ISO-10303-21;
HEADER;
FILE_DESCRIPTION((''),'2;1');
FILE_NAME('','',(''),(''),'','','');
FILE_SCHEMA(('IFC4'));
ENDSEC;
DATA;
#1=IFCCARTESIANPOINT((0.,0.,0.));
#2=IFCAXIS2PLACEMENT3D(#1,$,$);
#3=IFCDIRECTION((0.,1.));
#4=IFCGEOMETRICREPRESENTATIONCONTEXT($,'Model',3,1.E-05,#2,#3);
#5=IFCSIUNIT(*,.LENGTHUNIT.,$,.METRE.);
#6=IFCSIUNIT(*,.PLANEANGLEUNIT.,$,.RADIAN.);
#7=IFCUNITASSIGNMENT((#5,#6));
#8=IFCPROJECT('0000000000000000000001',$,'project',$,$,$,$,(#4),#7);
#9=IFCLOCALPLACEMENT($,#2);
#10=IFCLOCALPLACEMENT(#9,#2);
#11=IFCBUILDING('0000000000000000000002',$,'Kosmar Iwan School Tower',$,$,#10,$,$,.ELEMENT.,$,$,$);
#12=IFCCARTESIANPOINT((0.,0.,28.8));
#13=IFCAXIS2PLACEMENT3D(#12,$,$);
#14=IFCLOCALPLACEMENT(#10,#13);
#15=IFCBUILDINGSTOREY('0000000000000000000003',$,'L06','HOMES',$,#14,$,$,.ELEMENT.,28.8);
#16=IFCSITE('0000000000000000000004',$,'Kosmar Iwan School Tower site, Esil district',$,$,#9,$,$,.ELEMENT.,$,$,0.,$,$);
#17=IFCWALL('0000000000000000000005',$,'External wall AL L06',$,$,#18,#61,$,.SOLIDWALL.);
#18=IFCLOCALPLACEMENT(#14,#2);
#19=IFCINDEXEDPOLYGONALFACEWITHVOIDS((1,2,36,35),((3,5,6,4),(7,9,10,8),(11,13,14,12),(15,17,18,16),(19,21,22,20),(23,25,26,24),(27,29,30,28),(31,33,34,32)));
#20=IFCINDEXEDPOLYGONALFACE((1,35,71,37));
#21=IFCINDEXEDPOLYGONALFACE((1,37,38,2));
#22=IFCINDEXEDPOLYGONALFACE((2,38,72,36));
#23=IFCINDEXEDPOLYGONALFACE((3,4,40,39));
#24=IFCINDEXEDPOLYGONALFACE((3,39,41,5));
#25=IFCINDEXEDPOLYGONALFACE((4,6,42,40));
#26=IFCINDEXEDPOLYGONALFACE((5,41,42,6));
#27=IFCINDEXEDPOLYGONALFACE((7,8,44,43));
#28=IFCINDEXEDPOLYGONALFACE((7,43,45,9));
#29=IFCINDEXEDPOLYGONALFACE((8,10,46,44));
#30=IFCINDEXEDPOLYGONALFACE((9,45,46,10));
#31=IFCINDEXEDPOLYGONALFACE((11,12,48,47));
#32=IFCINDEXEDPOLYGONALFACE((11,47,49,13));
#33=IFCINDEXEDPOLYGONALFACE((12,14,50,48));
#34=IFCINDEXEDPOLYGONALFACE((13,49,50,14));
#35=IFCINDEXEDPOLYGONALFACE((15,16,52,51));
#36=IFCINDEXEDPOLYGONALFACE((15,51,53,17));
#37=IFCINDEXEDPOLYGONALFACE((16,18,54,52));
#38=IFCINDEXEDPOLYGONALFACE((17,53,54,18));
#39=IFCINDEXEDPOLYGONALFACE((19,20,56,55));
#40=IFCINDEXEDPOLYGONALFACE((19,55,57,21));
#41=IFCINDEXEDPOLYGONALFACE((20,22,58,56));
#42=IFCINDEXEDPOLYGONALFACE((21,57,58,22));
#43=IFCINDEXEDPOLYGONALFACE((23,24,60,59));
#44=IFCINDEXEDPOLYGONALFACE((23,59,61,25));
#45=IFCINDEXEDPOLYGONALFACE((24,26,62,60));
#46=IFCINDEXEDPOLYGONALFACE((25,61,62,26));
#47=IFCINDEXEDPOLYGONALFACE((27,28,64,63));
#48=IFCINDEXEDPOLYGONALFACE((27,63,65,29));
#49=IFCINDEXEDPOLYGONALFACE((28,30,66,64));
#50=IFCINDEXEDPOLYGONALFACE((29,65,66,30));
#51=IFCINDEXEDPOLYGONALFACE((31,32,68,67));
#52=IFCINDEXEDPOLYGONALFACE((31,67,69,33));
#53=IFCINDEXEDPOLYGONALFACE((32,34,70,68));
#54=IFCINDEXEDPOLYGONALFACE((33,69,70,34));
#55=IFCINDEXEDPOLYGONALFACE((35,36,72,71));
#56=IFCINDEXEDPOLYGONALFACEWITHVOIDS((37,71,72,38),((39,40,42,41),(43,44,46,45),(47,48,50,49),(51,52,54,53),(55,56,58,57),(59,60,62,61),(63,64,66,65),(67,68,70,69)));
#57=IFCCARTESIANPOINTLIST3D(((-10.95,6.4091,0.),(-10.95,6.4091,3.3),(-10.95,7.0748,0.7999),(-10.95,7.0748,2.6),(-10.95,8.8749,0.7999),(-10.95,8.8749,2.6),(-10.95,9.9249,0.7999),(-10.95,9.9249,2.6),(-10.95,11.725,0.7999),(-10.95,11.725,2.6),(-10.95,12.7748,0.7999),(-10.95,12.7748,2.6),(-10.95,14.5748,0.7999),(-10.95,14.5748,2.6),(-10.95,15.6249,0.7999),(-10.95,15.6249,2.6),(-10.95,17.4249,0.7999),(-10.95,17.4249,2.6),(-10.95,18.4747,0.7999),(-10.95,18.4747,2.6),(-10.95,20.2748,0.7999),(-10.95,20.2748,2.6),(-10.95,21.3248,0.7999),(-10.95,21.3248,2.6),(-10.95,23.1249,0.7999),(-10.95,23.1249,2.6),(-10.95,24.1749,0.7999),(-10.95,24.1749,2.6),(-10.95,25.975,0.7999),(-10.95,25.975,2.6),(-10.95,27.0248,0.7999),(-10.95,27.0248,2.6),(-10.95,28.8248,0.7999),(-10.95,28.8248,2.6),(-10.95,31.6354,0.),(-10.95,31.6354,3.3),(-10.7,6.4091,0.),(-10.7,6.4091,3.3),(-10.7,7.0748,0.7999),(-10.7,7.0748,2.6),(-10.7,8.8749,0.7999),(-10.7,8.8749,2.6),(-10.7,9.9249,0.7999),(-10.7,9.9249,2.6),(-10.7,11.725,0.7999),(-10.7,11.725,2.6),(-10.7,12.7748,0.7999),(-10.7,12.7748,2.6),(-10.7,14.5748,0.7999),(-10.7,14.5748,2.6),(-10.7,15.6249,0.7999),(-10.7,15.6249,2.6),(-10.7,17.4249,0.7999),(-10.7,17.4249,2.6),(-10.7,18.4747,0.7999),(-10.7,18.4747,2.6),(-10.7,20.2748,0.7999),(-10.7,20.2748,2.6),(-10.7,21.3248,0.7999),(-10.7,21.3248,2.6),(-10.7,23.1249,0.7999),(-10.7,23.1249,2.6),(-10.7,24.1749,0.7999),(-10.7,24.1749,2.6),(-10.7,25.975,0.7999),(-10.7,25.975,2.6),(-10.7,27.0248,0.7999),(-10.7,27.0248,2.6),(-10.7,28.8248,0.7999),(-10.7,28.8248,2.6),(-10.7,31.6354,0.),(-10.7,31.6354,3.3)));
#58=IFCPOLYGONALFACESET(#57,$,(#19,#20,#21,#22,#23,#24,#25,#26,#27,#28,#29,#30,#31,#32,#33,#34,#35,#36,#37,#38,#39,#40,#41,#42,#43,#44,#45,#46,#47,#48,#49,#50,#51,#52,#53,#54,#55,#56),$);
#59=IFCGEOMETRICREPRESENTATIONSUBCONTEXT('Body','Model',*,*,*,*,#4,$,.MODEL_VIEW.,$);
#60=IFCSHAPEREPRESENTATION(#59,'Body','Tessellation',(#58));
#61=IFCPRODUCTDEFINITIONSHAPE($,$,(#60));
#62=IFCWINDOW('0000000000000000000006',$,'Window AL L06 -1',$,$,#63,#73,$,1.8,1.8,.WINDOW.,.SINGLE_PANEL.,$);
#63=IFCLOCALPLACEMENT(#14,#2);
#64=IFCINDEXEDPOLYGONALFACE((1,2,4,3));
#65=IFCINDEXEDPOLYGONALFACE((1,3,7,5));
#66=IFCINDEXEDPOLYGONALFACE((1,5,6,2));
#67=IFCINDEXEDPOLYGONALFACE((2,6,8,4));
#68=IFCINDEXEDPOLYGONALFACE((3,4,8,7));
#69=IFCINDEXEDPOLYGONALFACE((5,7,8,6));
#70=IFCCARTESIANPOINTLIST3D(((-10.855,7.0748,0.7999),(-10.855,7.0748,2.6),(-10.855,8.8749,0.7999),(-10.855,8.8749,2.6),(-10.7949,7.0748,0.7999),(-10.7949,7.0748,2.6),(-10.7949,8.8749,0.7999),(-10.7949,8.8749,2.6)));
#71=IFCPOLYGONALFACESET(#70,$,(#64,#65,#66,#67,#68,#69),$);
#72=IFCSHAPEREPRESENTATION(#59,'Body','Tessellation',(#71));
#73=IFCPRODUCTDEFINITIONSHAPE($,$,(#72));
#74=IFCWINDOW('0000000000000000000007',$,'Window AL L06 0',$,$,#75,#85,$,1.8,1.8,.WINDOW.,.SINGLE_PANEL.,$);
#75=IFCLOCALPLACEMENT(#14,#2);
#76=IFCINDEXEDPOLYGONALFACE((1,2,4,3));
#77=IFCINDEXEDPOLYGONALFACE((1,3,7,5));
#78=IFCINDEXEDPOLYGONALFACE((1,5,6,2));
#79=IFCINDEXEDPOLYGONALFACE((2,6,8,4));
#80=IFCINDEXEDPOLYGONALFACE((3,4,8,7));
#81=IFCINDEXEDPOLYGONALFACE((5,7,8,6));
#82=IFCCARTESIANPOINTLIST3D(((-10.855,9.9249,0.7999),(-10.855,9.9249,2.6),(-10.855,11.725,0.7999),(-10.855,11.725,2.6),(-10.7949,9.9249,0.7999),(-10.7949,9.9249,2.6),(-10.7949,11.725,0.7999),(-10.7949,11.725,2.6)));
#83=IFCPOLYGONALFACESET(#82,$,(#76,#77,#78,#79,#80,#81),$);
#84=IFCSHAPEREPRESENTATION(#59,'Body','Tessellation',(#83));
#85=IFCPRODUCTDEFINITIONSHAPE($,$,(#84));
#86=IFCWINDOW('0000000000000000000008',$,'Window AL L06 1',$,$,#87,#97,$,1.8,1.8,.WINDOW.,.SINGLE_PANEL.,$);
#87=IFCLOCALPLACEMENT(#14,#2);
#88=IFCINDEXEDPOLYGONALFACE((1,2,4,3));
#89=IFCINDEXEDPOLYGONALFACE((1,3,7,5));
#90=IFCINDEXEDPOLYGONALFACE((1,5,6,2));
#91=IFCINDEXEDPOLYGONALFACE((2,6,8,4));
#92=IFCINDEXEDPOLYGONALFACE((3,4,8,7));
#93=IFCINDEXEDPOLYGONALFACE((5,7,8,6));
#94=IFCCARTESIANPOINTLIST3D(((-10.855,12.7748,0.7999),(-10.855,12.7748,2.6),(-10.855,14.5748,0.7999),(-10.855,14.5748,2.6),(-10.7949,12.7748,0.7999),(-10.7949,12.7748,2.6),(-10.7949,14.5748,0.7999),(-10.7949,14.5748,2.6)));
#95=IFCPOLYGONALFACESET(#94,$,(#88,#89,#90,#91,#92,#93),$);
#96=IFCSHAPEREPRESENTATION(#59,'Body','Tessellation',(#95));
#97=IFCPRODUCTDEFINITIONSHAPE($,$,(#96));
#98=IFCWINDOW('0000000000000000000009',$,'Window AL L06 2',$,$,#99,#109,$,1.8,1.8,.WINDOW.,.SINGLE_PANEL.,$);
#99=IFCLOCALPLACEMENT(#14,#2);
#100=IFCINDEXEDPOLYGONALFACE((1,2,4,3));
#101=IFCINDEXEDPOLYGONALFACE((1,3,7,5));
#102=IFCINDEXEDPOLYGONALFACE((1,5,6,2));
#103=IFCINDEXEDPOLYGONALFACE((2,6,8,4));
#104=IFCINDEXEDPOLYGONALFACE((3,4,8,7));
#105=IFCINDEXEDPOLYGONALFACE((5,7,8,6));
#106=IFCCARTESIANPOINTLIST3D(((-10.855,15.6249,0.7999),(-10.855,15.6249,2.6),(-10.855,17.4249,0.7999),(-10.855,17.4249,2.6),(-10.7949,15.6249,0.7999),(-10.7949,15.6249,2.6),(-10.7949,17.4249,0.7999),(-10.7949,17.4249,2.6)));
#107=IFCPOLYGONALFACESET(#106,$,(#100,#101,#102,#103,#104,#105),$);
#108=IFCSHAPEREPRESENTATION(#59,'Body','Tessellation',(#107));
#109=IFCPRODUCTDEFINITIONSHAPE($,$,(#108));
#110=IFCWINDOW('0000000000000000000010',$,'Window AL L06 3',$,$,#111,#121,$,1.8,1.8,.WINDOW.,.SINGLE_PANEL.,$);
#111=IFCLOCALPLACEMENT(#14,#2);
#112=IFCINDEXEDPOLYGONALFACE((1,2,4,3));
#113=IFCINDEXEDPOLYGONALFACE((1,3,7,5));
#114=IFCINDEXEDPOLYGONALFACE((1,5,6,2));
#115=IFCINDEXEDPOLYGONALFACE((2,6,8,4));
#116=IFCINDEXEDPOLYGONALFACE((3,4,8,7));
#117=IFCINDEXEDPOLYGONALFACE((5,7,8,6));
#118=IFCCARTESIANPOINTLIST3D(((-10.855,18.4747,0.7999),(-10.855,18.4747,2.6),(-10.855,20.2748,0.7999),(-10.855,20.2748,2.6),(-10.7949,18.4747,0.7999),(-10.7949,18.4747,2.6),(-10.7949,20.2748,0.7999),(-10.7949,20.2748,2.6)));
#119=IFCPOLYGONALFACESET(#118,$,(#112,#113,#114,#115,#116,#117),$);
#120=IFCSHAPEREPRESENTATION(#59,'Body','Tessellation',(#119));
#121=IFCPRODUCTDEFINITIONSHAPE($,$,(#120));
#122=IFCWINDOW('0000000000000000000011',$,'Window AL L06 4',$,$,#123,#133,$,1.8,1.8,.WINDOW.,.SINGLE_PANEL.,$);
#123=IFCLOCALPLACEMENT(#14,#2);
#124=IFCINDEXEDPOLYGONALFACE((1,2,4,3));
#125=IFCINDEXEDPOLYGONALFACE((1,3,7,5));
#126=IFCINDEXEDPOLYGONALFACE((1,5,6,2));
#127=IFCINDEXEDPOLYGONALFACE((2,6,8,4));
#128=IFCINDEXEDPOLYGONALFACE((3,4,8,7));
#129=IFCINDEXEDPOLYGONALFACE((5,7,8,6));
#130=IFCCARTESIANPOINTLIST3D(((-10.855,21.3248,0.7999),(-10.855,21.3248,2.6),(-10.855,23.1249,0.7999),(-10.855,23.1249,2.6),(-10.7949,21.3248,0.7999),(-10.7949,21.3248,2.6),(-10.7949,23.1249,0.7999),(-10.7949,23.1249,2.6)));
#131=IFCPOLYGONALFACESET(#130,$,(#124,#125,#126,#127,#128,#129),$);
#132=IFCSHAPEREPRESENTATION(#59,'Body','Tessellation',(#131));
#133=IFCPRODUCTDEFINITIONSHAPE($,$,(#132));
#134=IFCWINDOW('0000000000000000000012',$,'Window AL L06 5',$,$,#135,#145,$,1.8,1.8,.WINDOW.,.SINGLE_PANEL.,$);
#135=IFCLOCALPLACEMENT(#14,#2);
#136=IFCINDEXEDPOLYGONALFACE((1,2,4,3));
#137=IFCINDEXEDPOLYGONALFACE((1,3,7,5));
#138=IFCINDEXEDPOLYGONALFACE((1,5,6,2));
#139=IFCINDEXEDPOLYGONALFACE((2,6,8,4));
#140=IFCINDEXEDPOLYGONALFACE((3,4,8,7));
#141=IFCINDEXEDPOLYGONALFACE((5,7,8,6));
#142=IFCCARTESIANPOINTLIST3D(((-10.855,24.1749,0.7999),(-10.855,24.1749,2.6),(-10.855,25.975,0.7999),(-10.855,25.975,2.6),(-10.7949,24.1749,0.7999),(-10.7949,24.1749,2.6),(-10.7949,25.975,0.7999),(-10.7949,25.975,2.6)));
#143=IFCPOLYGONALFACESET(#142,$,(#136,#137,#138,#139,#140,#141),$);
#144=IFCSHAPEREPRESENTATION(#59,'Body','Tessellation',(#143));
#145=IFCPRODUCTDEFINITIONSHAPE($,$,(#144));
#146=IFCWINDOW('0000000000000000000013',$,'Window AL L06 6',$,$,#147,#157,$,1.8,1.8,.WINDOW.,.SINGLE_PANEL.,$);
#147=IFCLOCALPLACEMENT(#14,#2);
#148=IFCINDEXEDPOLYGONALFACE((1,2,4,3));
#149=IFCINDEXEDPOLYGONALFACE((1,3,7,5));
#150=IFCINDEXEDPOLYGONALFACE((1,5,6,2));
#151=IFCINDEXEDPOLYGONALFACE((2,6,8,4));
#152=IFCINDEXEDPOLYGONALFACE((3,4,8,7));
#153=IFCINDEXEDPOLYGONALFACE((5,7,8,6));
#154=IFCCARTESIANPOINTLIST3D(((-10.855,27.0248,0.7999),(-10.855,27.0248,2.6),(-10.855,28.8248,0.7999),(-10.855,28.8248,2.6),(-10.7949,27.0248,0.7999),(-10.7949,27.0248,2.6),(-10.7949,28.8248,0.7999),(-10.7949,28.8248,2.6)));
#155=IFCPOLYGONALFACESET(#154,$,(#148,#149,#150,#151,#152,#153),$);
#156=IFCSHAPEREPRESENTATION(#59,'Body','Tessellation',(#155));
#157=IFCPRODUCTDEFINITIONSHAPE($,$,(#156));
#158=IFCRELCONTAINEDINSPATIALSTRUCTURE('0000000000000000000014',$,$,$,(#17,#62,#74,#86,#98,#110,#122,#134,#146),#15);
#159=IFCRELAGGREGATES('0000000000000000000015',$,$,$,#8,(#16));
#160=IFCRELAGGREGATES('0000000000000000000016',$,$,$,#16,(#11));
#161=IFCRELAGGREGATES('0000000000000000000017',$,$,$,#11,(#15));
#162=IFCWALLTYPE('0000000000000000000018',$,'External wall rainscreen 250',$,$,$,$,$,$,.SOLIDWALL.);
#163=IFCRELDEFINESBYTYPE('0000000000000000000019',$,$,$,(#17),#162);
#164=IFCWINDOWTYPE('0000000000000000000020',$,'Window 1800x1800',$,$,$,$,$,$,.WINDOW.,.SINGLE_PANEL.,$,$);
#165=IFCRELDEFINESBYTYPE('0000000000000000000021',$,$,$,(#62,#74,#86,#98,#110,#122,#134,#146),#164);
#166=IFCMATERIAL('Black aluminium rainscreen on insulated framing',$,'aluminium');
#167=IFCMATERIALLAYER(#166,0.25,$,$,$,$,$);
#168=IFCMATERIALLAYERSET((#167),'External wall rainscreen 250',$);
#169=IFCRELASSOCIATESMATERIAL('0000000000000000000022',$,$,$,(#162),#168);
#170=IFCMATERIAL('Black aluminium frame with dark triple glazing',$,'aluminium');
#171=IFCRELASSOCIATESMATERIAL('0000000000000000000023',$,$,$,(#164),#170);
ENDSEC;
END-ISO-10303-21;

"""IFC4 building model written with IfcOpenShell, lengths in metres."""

from ifc_helpers import new_model, si_unit, direction, frame, frame_2d, origin, place, context, subcontext, project, spatial, rectangle, extrude, material, layer, layer_set, type_object, element, fill, save


model = new_model("IFC4")

# Units and contexts
model_context = context("Model", 3, precision=1e-05, world=origin(), true_north=direction((0.0, 1.0)))
body_context = subcontext(model_context, "Body", "Model", "MODEL_VIEW")
ifc_project = project(units=[si_unit("LENGTHUNIT", "METRE"), si_unit("PLANEANGLEUNIT", "RADIAN")], contexts=[model_context])

# Site, building, storey
site_placement = place(None, origin())
site = spatial("IfcSite", under=ifc_project, at=site_placement, Name="Kosmar Iwan School Tower site, Esil district", CompositionType="ELEMENT", RefElevation=0.0)
building_placement = place(site_placement, origin())
building = spatial("IfcBuilding", under=site, at=building_placement, Name="Kosmar Iwan School Tower", CompositionType="ELEMENT")
storey_placement = place(building_placement, frame((0.0, 0.0, 28.8)))
storey = spatial("IfcBuildingStorey", under=building, at=storey_placement, Name="L06", Description="HOMES", CompositionType="ELEMENT", Elevation=28.8)

# Wall, openings, windows
ifc_material_1 = material(Name="Black aluminium rainscreen on insulated framing", Category="aluminium")
ifc_layer = layer(ifc_material_1, 0.25)
ifc_layer_set = layer_set([ifc_layer], Name="External wall rainscreen 250")
wall_type = type_object("IfcWallType", Name="External wall rainscreen 250", PredefinedType="SOLIDWALL", material=ifc_layer_set)
wall_1_placement = place(storey_placement, frame((-10.825, 6.4089, 0.0), z_axis=(0.0, 0.0, 1.0), x_axis=(0.0, 1.0, 0.0)))
wall_1 = element("IfcWall", 1, at=wall_1_placement, inside=storey, type_object=wall_type, Name="External wall AL L06", PredefinedType="SOLIDWALL", context=body_context, shape_type="SweptSolid", body=[
    extrude(rectangle(XDim=25.2263, YDim=0.25, at=frame_2d((12.6133, 0.0))), origin(), (0.0, 0.0, 1.0), 3.3),
])
opening_1_placement = place(wall_1_placement, frame((0.666, 0.0, 0.8)))
opening_1 = element("IfcOpeningElement", 2, at=opening_1_placement, cuts=wall_1, PredefinedType="OPENING", context=body_context, shape_type="SweptSolid", body=[
    extrude(rectangle(XDim=1.8, YDim=1.8, at=frame_2d((0.8999, 0.8999))), frame((0.0, 0.137, 0.0), z_axis=(0.0, -1.0, 0.0), x_axis=(1.0, 0.0, 0.0)), (0.0, 0.0, 1.0), 0.2739),
])
opening_2_placement = place(wall_1_placement, frame((3.5161, 0.0, 0.8)))
opening_2 = element("IfcOpeningElement", 3, at=opening_2_placement, cuts=wall_1, PredefinedType="OPENING", context=body_context, shape_type="SweptSolid", body=[
    extrude(rectangle(XDim=1.8, YDim=1.8, at=frame_2d((0.8999, 0.8999))), frame((0.0, 0.137, 0.0), z_axis=(0.0, -1.0, 0.0), x_axis=(1.0, 0.0, 0.0)), (0.0, 0.0, 1.0), 0.2739),
])
opening_3_placement = place(wall_1_placement, frame((6.366, 0.0, 0.8)))
opening_3 = element("IfcOpeningElement", 4, at=opening_3_placement, cuts=wall_1, PredefinedType="OPENING", context=body_context, shape_type="SweptSolid", body=[
    extrude(rectangle(XDim=1.8, YDim=1.8, at=frame_2d((0.8999, 0.8999))), frame((0.0, 0.137, 0.0), z_axis=(0.0, -1.0, 0.0), x_axis=(1.0, 0.0, 0.0)), (0.0, 0.0, 1.0), 0.2739),
])
opening_4_placement = place(wall_1_placement, frame((9.2161, 0.0, 0.8)))
opening_4 = element("IfcOpeningElement", 5, at=opening_4_placement, cuts=wall_1, PredefinedType="OPENING", context=body_context, shape_type="SweptSolid", body=[
    extrude(rectangle(XDim=1.8, YDim=1.8, at=frame_2d((0.8999, 0.8999))), frame((0.0, 0.137, 0.0), z_axis=(0.0, -1.0, 0.0), x_axis=(1.0, 0.0, 0.0)), (0.0, 0.0, 1.0), 0.2739),
])
opening_5_placement = place(wall_1_placement, frame((12.0659, 0.0, 0.8)))
opening_5 = element("IfcOpeningElement", 6, at=opening_5_placement, cuts=wall_1, PredefinedType="OPENING", context=body_context, shape_type="SweptSolid", body=[
    extrude(rectangle(XDim=1.8, YDim=1.8, at=frame_2d((0.8999, 0.8999))), frame((0.0, 0.137, 0.0), z_axis=(0.0, -1.0, 0.0), x_axis=(1.0, 0.0, 0.0)), (0.0, 0.0, 1.0), 0.2739),
])
opening_6_placement = place(wall_1_placement, frame((14.916, 0.0, 0.8)))
opening_6 = element("IfcOpeningElement", 7, at=opening_6_placement, cuts=wall_1, PredefinedType="OPENING", context=body_context, shape_type="SweptSolid", body=[
    extrude(rectangle(XDim=1.8, YDim=1.8, at=frame_2d((0.8999, 0.8999))), frame((0.0, 0.137, 0.0), z_axis=(0.0, -1.0, 0.0), x_axis=(1.0, 0.0, 0.0)), (0.0, 0.0, 1.0), 0.2739),
])
opening_7_placement = place(wall_1_placement, frame((17.7661, 0.0, 0.8)))
opening_7 = element("IfcOpeningElement", 8, at=opening_7_placement, cuts=wall_1, PredefinedType="OPENING", context=body_context, shape_type="SweptSolid", body=[
    extrude(rectangle(XDim=1.8, YDim=1.8, at=frame_2d((0.8999, 0.8999))), frame((0.0, 0.137, 0.0), z_axis=(0.0, -1.0, 0.0), x_axis=(1.0, 0.0, 0.0)), (0.0, 0.0, 1.0), 0.2739),
])
opening_8_placement = place(wall_1_placement, frame((20.616, 0.0, 0.8)))
opening_8 = element("IfcOpeningElement", 9, at=opening_8_placement, cuts=wall_1, PredefinedType="OPENING", context=body_context, shape_type="SweptSolid", body=[
    extrude(rectangle(XDim=1.8, YDim=1.8, at=frame_2d((0.8999, 0.8999))), frame((0.0, 0.137, 0.0), z_axis=(0.0, -1.0, 0.0), x_axis=(1.0, 0.0, 0.0)), (0.0, 0.0, 1.0), 0.2739),
])
ifc_material_2 = material(Name="Black aluminium frame with dark triple glazing", Category="aluminium")
window_type = type_object("IfcWindowType", Name="Window 1800x1800", PartitioningType="SINGLE_PANEL", PredefinedType="WINDOW", material=ifc_material_2)
window_1_placement = place(opening_1_placement, origin())
window_1 = element("IfcWindow", 10, at=window_1_placement, inside=storey, type_object=window_type, Name="Window AL L06 -1", OverallHeight=1.8, OverallWidth=1.8, PartitioningType="SINGLE_PANEL", PredefinedType="WINDOW", context=body_context, shape_type="SweptSolid", body=[
    extrude(rectangle(XDim=1.8, YDim=1.8, at=frame_2d((0.8999, 0.8999))), frame((0.0, 0.03, 0.0), z_axis=(0.0, -1.0, 0.0), x_axis=(1.0, 0.0, 0.0)), (0.0, 0.0, 1.0), 0.0601),
])
fill(opening_1, window_1)
window_2_placement = place(opening_2_placement, origin())
window_2 = element("IfcWindow", 11, at=window_2_placement, inside=storey, type_object=window_type, Name="Window AL L06 0", OverallHeight=1.8, OverallWidth=1.8, PartitioningType="SINGLE_PANEL", PredefinedType="WINDOW", context=body_context, shape_type="SweptSolid", body=[
    extrude(rectangle(XDim=1.8, YDim=1.8, at=frame_2d((0.8999, 0.8999))), frame((0.0, 0.03, 0.0), z_axis=(0.0, -1.0, 0.0), x_axis=(1.0, 0.0, 0.0)), (0.0, 0.0, 1.0), 0.0601),
])
fill(opening_2, window_2)
window_3_placement = place(opening_3_placement, origin())
window_3 = element("IfcWindow", 12, at=window_3_placement, inside=storey, type_object=window_type, Name="Window AL L06 1", OverallHeight=1.8, OverallWidth=1.8, PartitioningType="SINGLE_PANEL", PredefinedType="WINDOW", context=body_context, shape_type="SweptSolid", body=[
    extrude(rectangle(XDim=1.8, YDim=1.8, at=frame_2d((0.8999, 0.8999))), frame((0.0, 0.03, 0.0), z_axis=(0.0, -1.0, 0.0), x_axis=(1.0, 0.0, 0.0)), (0.0, 0.0, 1.0), 0.0601),
])
fill(opening_3, window_3)
window_4_placement = place(opening_4_placement, origin())
window_4 = element("IfcWindow", 13, at=window_4_placement, inside=storey, type_object=window_type, Name="Window AL L06 2", OverallHeight=1.8, OverallWidth=1.8, PartitioningType="SINGLE_PANEL", PredefinedType="WINDOW", context=body_context, shape_type="SweptSolid", body=[
    extrude(rectangle(XDim=1.8, YDim=1.8, at=frame_2d((0.8999, 0.8999))), frame((0.0, 0.03, 0.0), z_axis=(0.0, -1.0, 0.0), x_axis=(1.0, 0.0, 0.0)), (0.0, 0.0, 1.0), 0.0601),
])
fill(opening_4, window_4)
window_5_placement = place(opening_5_placement, origin())
window_5 = element("IfcWindow", 14, at=window_5_placement, inside=storey, type_object=window_type, Name="Window AL L06 3", OverallHeight=1.8, OverallWidth=1.8, PartitioningType="SINGLE_PANEL", PredefinedType="WINDOW", context=body_context, shape_type="SweptSolid", body=[
    extrude(rectangle(XDim=1.8, YDim=1.8, at=frame_2d((0.8999, 0.8999))), frame((0.0, 0.03, 0.0), z_axis=(0.0, -1.0, 0.0), x_axis=(1.0, 0.0, 0.0)), (0.0, 0.0, 1.0), 0.0601),
])
fill(opening_5, window_5)
window_6_placement = place(opening_6_placement, origin())
window_6 = element("IfcWindow", 15, at=window_6_placement, inside=storey, type_object=window_type, Name="Window AL L06 4", OverallHeight=1.8, OverallWidth=1.8, PartitioningType="SINGLE_PANEL", PredefinedType="WINDOW", context=body_context, shape_type="SweptSolid", body=[
    extrude(rectangle(XDim=1.8, YDim=1.8, at=frame_2d((0.8999, 0.8999))), frame((0.0, 0.03, 0.0), z_axis=(0.0, -1.0, 0.0), x_axis=(1.0, 0.0, 0.0)), (0.0, 0.0, 1.0), 0.0601),
])
fill(opening_6, window_6)
window_7_placement = place(opening_7_placement, origin())
window_7 = element("IfcWindow", 16, at=window_7_placement, inside=storey, type_object=window_type, Name="Window AL L06 5", OverallHeight=1.8, OverallWidth=1.8, PartitioningType="SINGLE_PANEL", PredefinedType="WINDOW", context=body_context, shape_type="SweptSolid", body=[
    extrude(rectangle(XDim=1.8, YDim=1.8, at=frame_2d((0.8999, 0.8999))), frame((0.0, 0.03, 0.0), z_axis=(0.0, -1.0, 0.0), x_axis=(1.0, 0.0, 0.0)), (0.0, 0.0, 1.0), 0.0601),
])
fill(opening_7, window_7)
window_8_placement = place(opening_8_placement, origin())
window_8 = element("IfcWindow", 17, at=window_8_placement, inside=storey, type_object=window_type, Name="Window AL L06 6", OverallHeight=1.8, OverallWidth=1.8, PartitioningType="SINGLE_PANEL", PredefinedType="WINDOW", context=body_context, shape_type="SweptSolid", body=[
    extrude(rectangle(XDim=1.8, YDim=1.8, at=frame_2d((0.8999, 0.8999))), frame((0.0, 0.03, 0.0), z_axis=(0.0, -1.0, 0.0), x_axis=(1.0, 0.0, 0.0)), (0.0, 0.0, 1.0), 0.0601),
])
fill(opening_8, window_8)

save(model, "model.ifc")
